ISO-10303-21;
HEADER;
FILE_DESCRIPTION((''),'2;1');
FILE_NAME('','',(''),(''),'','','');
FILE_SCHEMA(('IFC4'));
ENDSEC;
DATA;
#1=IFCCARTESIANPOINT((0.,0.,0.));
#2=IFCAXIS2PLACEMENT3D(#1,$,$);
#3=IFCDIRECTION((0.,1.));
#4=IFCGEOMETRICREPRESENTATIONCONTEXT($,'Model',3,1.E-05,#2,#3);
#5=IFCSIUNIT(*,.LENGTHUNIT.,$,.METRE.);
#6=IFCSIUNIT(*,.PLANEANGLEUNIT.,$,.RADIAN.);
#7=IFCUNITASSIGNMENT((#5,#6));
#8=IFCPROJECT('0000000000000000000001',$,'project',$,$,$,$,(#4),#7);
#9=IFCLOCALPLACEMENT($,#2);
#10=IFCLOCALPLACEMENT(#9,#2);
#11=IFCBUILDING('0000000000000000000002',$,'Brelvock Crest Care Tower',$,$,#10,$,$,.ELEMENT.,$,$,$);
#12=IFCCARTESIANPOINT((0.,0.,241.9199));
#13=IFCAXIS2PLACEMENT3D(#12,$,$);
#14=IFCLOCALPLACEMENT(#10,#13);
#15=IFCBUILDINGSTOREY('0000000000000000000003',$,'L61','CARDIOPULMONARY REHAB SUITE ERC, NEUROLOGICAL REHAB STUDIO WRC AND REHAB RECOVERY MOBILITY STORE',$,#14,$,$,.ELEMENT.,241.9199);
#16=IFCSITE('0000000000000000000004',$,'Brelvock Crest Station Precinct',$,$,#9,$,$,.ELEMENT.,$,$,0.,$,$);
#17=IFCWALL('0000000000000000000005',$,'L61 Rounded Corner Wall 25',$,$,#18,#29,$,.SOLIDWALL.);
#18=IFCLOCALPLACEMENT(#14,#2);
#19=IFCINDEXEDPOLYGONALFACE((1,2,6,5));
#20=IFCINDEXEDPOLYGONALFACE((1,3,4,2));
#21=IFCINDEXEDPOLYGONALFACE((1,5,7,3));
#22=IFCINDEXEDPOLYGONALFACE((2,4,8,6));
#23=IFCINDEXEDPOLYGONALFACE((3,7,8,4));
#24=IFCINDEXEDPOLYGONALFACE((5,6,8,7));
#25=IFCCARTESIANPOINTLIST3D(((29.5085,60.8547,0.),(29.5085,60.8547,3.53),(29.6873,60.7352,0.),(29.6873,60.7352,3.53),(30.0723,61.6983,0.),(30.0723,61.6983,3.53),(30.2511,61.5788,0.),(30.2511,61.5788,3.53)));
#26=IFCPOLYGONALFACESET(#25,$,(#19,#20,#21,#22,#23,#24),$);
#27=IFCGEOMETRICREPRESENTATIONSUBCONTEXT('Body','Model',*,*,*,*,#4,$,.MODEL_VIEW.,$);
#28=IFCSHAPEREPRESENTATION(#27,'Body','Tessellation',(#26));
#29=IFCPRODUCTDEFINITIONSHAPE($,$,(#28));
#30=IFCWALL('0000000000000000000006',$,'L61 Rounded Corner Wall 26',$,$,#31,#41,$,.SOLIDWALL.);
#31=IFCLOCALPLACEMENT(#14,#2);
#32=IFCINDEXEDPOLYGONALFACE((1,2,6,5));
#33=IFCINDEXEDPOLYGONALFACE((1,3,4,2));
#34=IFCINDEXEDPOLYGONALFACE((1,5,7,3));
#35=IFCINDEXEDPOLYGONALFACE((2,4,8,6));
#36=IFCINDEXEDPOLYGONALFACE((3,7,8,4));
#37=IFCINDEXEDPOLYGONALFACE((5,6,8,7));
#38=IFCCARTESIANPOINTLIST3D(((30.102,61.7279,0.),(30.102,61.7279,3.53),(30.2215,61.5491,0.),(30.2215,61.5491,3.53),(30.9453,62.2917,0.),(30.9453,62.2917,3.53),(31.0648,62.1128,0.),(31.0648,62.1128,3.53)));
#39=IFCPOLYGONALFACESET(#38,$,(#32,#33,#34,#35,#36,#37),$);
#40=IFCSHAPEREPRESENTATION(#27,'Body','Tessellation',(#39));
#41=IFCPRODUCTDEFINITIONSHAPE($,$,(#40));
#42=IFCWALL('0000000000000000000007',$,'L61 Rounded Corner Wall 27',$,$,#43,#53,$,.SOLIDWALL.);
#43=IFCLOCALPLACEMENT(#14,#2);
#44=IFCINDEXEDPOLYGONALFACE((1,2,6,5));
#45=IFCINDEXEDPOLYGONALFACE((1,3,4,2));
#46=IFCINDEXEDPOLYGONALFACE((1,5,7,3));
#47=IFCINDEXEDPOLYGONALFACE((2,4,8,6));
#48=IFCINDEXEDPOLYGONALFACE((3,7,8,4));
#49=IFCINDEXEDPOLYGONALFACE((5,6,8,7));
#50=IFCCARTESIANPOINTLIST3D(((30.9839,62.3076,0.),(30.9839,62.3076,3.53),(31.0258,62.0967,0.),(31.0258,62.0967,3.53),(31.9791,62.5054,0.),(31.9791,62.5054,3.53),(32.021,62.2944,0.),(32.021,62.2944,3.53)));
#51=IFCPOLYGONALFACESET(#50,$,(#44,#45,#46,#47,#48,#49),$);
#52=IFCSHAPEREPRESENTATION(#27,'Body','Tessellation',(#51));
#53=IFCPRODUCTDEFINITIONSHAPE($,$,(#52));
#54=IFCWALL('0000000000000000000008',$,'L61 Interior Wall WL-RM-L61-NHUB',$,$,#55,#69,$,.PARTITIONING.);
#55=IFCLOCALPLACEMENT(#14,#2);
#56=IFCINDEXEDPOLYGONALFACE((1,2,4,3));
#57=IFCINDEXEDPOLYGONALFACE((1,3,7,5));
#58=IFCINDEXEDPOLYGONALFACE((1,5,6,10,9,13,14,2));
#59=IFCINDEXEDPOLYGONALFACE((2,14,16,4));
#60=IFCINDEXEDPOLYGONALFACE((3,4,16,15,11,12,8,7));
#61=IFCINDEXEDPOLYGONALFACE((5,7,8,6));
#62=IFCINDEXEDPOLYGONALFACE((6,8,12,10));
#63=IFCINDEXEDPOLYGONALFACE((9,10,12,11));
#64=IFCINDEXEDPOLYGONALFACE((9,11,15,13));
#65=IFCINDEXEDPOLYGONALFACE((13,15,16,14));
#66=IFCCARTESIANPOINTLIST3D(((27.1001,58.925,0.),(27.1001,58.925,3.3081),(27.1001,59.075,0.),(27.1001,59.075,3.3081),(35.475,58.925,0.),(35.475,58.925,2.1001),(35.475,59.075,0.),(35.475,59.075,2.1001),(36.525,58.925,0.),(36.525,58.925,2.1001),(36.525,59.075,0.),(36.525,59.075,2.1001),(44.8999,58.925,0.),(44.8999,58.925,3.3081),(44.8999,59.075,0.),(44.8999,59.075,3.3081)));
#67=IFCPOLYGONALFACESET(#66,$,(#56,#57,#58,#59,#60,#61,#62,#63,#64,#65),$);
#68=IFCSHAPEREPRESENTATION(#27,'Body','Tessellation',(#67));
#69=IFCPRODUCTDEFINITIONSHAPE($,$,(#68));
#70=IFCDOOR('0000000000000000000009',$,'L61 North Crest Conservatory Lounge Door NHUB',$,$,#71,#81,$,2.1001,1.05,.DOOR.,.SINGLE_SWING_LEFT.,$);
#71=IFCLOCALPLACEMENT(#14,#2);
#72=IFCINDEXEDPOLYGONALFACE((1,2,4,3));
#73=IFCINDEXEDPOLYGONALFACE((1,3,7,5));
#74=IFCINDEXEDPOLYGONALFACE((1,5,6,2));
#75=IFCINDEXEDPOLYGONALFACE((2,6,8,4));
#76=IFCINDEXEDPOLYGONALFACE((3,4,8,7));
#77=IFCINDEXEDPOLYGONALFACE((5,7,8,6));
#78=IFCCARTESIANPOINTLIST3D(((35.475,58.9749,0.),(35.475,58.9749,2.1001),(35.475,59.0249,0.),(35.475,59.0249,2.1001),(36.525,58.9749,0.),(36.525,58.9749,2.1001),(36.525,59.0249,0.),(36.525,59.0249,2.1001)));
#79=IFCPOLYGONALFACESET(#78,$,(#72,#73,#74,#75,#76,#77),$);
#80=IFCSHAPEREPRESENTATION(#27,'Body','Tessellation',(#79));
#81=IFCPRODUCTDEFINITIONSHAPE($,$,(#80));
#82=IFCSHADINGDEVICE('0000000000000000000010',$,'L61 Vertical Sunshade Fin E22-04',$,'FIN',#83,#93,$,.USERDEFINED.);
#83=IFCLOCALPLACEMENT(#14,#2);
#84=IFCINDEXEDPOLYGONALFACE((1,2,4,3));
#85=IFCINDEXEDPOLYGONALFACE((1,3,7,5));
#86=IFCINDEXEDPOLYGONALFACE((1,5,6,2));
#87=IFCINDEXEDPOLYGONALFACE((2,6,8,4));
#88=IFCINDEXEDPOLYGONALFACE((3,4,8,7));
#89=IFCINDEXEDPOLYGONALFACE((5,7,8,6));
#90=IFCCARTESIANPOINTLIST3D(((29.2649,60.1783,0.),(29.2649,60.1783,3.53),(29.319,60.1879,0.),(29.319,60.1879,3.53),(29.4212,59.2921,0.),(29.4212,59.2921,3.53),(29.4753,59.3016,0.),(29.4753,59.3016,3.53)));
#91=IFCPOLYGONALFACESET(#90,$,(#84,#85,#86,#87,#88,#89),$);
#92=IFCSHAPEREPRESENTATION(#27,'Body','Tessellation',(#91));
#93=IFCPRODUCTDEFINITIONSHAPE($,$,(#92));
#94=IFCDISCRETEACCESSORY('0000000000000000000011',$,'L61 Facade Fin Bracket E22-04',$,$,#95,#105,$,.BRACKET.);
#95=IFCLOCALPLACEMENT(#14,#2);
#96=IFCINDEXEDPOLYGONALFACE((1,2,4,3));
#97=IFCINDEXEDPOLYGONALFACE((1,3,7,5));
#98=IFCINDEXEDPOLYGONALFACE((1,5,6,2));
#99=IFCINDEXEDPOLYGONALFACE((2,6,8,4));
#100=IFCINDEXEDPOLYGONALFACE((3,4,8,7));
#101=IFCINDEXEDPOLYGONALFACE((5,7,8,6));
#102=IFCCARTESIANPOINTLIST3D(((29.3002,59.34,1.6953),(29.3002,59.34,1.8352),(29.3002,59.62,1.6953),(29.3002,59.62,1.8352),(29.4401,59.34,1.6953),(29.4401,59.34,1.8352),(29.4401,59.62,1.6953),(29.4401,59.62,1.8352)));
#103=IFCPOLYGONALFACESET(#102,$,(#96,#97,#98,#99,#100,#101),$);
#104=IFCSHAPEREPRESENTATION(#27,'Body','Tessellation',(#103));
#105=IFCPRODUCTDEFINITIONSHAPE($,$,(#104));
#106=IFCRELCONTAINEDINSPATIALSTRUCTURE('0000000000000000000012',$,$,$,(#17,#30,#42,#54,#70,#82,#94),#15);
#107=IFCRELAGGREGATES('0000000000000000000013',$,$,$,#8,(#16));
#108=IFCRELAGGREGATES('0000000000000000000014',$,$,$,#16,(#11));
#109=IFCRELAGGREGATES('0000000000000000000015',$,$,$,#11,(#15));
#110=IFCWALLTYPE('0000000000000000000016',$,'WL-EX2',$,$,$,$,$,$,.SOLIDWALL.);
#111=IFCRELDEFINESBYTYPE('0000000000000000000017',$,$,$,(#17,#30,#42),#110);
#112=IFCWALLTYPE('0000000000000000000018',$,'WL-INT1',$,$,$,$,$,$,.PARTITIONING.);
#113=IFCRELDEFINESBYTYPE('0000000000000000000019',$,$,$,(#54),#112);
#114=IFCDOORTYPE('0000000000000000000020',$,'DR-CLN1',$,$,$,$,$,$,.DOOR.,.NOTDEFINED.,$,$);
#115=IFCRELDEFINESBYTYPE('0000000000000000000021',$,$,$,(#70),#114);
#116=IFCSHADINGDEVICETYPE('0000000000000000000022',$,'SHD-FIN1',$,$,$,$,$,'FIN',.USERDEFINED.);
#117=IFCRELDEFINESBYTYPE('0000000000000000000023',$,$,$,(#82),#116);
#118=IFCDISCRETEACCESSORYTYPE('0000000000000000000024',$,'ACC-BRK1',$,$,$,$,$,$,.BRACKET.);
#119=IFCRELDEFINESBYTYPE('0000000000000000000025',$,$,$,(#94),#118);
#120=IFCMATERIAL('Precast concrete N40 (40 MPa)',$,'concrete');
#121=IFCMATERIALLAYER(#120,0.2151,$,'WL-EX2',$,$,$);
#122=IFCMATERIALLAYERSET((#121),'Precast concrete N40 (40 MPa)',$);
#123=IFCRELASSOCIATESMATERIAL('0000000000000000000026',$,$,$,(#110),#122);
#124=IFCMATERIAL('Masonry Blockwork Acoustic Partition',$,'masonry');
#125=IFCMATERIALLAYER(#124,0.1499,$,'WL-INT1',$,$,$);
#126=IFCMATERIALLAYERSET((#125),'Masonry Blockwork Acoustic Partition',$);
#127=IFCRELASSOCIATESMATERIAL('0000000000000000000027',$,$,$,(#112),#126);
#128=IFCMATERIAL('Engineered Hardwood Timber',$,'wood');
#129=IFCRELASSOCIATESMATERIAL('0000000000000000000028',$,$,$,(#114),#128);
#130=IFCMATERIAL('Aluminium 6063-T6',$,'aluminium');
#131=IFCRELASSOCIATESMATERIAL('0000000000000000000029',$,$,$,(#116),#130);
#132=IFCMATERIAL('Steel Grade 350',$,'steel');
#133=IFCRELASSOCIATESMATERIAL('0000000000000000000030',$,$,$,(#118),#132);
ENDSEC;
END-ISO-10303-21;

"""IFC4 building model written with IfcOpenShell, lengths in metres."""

from ifc_helpers import new_model, si_unit, direction, frame, frame_2d, origin, origin_2d, place, context, subcontext, project, spatial, rectangle, extrude, source, transform, mapped, material, layer, layer_set, material_profile, profile_set, type_object, element, fill, save


model = new_model("IFC4")

# Units and contexts
model_context = context("Model", 3, precision=1e-05, world=origin(), true_north=direction((0.0, 1.0)))
body_context = subcontext(model_context, "Body", "Model", "MODEL_VIEW")
ifc_project = project(units=[si_unit("LENGTHUNIT", "METRE"), si_unit("PLANEANGLEUNIT", "RADIAN")], contexts=[model_context])

# Site, building, storey
site_placement = place(None, origin())
site = spatial("IfcSite", under=ifc_project, at=site_placement, Name="Brelvock Crest Station Precinct", CompositionType="ELEMENT", RefElevation=0.0)
building_placement = place(site_placement, origin())
building = spatial("IfcBuilding", under=site, at=building_placement, Name="Brelvock Crest Care Tower", CompositionType="ELEMENT")
storey_placement = place(building_placement, frame((0.0, 0.0, 241.9199)))
storey = spatial("IfcBuildingStorey", under=building, at=storey_placement, Name="L61", Description="CARDIOPULMONARY REHAB SUITE ERC, NEUROLOGICAL REHAB STUDIO WRC AND REHAB RECOVERY MOBILITY STORE", CompositionType="ELEMENT", Elevation=241.9199)

# Shared definitions
ifc_material_1 = material(Name="Steel Grade 350", Category="steel")

# Shared definitions
ifc_material_2 = material(Name="Aluminium 6063-T6", Category="aluminium")

# Walls
ifc_material_3 = material(Name="Precast concrete N40 (40 MPa)", Category="concrete")
ifc_layer_1 = layer(ifc_material_3, 0.2151, Name="WL-EX2")
ifc_layer_set_1 = layer_set([ifc_layer_1], Name="Precast concrete N40 (40 MPa)")
wall_type_1 = type_object("IfcWallType", Name="WL-EX2", PredefinedType="SOLIDWALL", material=ifc_layer_set_1)
wall_1_placement = place(storey_placement, frame((29.5979, 60.7949, 0.0), z_axis=(0.0, 0.0, 1.0), x_axis=(0.555644, 0.83142, 0.0)))
element("IfcWall", 1, at=wall_1_placement, inside=storey, type_object=wall_type_1, Name="L61 Rounded Corner Wall 25", PredefinedType="SOLIDWALL", context=body_context, shape_type="SweptSolid", body=[
    extrude(rectangle(XDim=1.0146, YDim=0.2151, at=frame_2d((0.5073, 0.0))), origin(), (0.0, 0.0, 1.0), 3.53),
])
wall_2_placement = place(storey_placement, frame((30.1616, 61.6384, 0.0), z_axis=(0.0, 0.0, 1.0), x_axis=(0.831346, 0.555755, 0.0)))
element("IfcWall", 2, at=wall_2_placement, inside=storey, type_object=wall_type_1, Name="L61 Rounded Corner Wall 26", PredefinedType="SOLIDWALL", context=body_context, shape_type="SweptSolid", body=[
    extrude(rectangle(XDim=1.0144, YDim=0.2151, at=frame_2d((0.5073, 0.0))), origin(), (0.0, 0.0, 1.0), 3.53),
])
wall_3_placement = place(storey_placement, frame((31.0049, 62.2021, 0.0), z_axis=(0.0, 0.0, 1.0), x_axis=(0.980821, 0.194913, 0.0)))
element("IfcWall", 3, at=wall_3_placement, inside=storey, type_object=wall_type_1, Name="L61 Rounded Corner Wall 27", PredefinedType="SOLIDWALL", context=body_context, shape_type="SweptSolid", body=[
    extrude(rectangle(XDim=1.0146, YDim=0.2151, at=frame_2d((0.5073, 0.0))), origin(), (0.0, 0.0, 1.0), 3.53),
])

# Wall, opening, door
ifc_material_4 = material(Name="Masonry Blockwork Acoustic Partition", Category="masonry")
ifc_layer_2 = layer(ifc_material_4, 0.1499, Name="WL-INT1")
ifc_layer_set_2 = layer_set([ifc_layer_2], Name="Masonry Blockwork Acoustic Partition")
wall_type_2 = type_object("IfcWallType", Name="WL-INT1", PredefinedType="PARTITIONING", material=ifc_layer_set_2)
wall_4_placement = place(storey_placement, frame((27.1001, 59.0, 0.0), z_axis=(0.0, 0.0, 1.0), x_axis=(1.0, 0.0, 0.0)))
wall_4 = element("IfcWall", 4, at=wall_4_placement, inside=storey, type_object=wall_type_2, Name="L61 Interior Wall WL-RM-L61-NHUB", PredefinedType="PARTITIONING", context=body_context, shape_type="SweptSolid", body=[
    extrude(rectangle(XDim=17.7998, YDim=0.1499, at=frame_2d((8.8999, 0.0))), origin(), (0.0, 0.0, 1.0), 3.3081),
])
opening_placement = place(wall_4_placement, frame((8.375, 0.0, 0.0)))
opening = element("IfcOpeningElement", 5, at=opening_placement, cuts=wall_4, PredefinedType="OPENING", context=body_context, shape_type="SweptSolid", body=[
    extrude(rectangle(XDim=1.05, YDim=2.1001, at=origin_2d()), frame((0.5249, 0.085, 1.05), z_axis=(0.0, -1.0, 0.0), x_axis=(1.0, 0.0, 0.0)), (0.0, 0.0, 1.0), 0.1699),
])
ifc_material_5 = material(Name="Engineered Hardwood Timber", Category="wood")
door_type = type_object("IfcDoorType", Name="DR-CLN1", OperationType="NOTDEFINED", PredefinedType="DOOR", material=ifc_material_5)
shared_shape_1 = source(origin(), body_context, "Body", "SweptSolid", [
    extrude(rectangle(XDim=1.05, YDim=2.1001, at=origin_2d()), frame((0.5249, 0.0249, 1.05), z_axis=(0.0, -1.0, 0.0), x_axis=(1.0, 0.0, 0.0)), (0.0, 0.0, 1.0), 0.05),
])
door_placement = place(opening_placement, origin())
door = element("IfcDoor", 6, at=door_placement, inside=storey, type_object=door_type, Name="L61 North Crest Conservatory Lounge Door NHUB", OperationType="SINGLE_SWING_LEFT", OverallHeight=2.1001, OverallWidth=1.05, PredefinedType="DOOR", context=body_context, shape_type="MappedRepresentation", body=[
    mapped(shared_shape_1, transform((0.0, 0.0, 0.0), x_axis=(1.0, 0.0, 0.0), y_axis=(0.0, 1.0, 0.0), z_axis=(0.0, 0.0, 1.0), scale=1.0)),
])
fill(opening, door)

# Shading device
ifc_material_profile_1 = material_profile(ifc_material_2, rectangle(XDim=0.0549, YDim=0.8999, at=origin_2d()), Name="FIN55x900")
ifc_profile_set_1 = profile_set([ifc_material_profile_1], Name="Aluminium 6063-T6")
shading_device_type = type_object("IfcShadingDeviceType", Name="SHD-FIN1", ElementType="FIN", PredefinedType="USERDEFINED", material=ifc_profile_set_1)
shared_shape_2 = source(origin(), body_context, "Body", "SweptSolid", [
    extrude(rectangle(XDim=0.0549, YDim=0.8999, at=origin_2d()), origin(), (0.0, 0.0, 1.0), 3.53),
])
shading_device_placement = place(storey_placement, frame((29.3701, 59.74, 0.0), z_axis=(0.0, 0.0, 1.0), x_axis=(0.984808, 0.173648, 0.0)))
element("IfcShadingDevice", 7, at=shading_device_placement, inside=storey, type_object=shading_device_type, Name="L61 Vertical Sunshade Fin E22-04", ObjectType="FIN", PredefinedType="USERDEFINED", context=body_context, shape_type="MappedRepresentation", body=[
    mapped(shared_shape_2, transform((0.0, 0.0, 0.0), x_axis=(1.0, 0.0, 0.0), y_axis=(0.0, 1.0, 0.0), z_axis=(0.0, 0.0, 1.0), scale=1.0)),
])

# Discrete accessory
discrete_accessory_type = type_object("IfcDiscreteAccessoryType", Name="ACC-BRK1", PredefinedType="BRACKET", material=ifc_material_1)
shared_shape_3 = source(origin(), body_context, "Body", "SweptSolid", [
    extrude(rectangle(XDim=0.28, YDim=0.1399, at=origin_2d()), origin(), (0.0, 0.0, 1.0), 0.1399),
])
discrete_accessory_placement = place(storey_placement, frame((29.3701, 59.48, 1.6953), z_axis=(0.0, 0.0, 1.0), x_axis=(0.0, 1.0, 0.0)))
element("IfcDiscreteAccessory", 8, at=discrete_accessory_placement, inside=storey, type_object=discrete_accessory_type, Name="L61 Facade Fin Bracket E22-04", PredefinedType="BRACKET", context=body_context, shape_type="MappedRepresentation", body=[
    mapped(shared_shape_3, transform((0.0, 0.0, 0.0), x_axis=(1.0, 0.0, 0.0), y_axis=(0.0, 1.0, 0.0), z_axis=(0.0, 0.0, 1.0), scale=1.0)),
])

save(model, "model.ifc")
